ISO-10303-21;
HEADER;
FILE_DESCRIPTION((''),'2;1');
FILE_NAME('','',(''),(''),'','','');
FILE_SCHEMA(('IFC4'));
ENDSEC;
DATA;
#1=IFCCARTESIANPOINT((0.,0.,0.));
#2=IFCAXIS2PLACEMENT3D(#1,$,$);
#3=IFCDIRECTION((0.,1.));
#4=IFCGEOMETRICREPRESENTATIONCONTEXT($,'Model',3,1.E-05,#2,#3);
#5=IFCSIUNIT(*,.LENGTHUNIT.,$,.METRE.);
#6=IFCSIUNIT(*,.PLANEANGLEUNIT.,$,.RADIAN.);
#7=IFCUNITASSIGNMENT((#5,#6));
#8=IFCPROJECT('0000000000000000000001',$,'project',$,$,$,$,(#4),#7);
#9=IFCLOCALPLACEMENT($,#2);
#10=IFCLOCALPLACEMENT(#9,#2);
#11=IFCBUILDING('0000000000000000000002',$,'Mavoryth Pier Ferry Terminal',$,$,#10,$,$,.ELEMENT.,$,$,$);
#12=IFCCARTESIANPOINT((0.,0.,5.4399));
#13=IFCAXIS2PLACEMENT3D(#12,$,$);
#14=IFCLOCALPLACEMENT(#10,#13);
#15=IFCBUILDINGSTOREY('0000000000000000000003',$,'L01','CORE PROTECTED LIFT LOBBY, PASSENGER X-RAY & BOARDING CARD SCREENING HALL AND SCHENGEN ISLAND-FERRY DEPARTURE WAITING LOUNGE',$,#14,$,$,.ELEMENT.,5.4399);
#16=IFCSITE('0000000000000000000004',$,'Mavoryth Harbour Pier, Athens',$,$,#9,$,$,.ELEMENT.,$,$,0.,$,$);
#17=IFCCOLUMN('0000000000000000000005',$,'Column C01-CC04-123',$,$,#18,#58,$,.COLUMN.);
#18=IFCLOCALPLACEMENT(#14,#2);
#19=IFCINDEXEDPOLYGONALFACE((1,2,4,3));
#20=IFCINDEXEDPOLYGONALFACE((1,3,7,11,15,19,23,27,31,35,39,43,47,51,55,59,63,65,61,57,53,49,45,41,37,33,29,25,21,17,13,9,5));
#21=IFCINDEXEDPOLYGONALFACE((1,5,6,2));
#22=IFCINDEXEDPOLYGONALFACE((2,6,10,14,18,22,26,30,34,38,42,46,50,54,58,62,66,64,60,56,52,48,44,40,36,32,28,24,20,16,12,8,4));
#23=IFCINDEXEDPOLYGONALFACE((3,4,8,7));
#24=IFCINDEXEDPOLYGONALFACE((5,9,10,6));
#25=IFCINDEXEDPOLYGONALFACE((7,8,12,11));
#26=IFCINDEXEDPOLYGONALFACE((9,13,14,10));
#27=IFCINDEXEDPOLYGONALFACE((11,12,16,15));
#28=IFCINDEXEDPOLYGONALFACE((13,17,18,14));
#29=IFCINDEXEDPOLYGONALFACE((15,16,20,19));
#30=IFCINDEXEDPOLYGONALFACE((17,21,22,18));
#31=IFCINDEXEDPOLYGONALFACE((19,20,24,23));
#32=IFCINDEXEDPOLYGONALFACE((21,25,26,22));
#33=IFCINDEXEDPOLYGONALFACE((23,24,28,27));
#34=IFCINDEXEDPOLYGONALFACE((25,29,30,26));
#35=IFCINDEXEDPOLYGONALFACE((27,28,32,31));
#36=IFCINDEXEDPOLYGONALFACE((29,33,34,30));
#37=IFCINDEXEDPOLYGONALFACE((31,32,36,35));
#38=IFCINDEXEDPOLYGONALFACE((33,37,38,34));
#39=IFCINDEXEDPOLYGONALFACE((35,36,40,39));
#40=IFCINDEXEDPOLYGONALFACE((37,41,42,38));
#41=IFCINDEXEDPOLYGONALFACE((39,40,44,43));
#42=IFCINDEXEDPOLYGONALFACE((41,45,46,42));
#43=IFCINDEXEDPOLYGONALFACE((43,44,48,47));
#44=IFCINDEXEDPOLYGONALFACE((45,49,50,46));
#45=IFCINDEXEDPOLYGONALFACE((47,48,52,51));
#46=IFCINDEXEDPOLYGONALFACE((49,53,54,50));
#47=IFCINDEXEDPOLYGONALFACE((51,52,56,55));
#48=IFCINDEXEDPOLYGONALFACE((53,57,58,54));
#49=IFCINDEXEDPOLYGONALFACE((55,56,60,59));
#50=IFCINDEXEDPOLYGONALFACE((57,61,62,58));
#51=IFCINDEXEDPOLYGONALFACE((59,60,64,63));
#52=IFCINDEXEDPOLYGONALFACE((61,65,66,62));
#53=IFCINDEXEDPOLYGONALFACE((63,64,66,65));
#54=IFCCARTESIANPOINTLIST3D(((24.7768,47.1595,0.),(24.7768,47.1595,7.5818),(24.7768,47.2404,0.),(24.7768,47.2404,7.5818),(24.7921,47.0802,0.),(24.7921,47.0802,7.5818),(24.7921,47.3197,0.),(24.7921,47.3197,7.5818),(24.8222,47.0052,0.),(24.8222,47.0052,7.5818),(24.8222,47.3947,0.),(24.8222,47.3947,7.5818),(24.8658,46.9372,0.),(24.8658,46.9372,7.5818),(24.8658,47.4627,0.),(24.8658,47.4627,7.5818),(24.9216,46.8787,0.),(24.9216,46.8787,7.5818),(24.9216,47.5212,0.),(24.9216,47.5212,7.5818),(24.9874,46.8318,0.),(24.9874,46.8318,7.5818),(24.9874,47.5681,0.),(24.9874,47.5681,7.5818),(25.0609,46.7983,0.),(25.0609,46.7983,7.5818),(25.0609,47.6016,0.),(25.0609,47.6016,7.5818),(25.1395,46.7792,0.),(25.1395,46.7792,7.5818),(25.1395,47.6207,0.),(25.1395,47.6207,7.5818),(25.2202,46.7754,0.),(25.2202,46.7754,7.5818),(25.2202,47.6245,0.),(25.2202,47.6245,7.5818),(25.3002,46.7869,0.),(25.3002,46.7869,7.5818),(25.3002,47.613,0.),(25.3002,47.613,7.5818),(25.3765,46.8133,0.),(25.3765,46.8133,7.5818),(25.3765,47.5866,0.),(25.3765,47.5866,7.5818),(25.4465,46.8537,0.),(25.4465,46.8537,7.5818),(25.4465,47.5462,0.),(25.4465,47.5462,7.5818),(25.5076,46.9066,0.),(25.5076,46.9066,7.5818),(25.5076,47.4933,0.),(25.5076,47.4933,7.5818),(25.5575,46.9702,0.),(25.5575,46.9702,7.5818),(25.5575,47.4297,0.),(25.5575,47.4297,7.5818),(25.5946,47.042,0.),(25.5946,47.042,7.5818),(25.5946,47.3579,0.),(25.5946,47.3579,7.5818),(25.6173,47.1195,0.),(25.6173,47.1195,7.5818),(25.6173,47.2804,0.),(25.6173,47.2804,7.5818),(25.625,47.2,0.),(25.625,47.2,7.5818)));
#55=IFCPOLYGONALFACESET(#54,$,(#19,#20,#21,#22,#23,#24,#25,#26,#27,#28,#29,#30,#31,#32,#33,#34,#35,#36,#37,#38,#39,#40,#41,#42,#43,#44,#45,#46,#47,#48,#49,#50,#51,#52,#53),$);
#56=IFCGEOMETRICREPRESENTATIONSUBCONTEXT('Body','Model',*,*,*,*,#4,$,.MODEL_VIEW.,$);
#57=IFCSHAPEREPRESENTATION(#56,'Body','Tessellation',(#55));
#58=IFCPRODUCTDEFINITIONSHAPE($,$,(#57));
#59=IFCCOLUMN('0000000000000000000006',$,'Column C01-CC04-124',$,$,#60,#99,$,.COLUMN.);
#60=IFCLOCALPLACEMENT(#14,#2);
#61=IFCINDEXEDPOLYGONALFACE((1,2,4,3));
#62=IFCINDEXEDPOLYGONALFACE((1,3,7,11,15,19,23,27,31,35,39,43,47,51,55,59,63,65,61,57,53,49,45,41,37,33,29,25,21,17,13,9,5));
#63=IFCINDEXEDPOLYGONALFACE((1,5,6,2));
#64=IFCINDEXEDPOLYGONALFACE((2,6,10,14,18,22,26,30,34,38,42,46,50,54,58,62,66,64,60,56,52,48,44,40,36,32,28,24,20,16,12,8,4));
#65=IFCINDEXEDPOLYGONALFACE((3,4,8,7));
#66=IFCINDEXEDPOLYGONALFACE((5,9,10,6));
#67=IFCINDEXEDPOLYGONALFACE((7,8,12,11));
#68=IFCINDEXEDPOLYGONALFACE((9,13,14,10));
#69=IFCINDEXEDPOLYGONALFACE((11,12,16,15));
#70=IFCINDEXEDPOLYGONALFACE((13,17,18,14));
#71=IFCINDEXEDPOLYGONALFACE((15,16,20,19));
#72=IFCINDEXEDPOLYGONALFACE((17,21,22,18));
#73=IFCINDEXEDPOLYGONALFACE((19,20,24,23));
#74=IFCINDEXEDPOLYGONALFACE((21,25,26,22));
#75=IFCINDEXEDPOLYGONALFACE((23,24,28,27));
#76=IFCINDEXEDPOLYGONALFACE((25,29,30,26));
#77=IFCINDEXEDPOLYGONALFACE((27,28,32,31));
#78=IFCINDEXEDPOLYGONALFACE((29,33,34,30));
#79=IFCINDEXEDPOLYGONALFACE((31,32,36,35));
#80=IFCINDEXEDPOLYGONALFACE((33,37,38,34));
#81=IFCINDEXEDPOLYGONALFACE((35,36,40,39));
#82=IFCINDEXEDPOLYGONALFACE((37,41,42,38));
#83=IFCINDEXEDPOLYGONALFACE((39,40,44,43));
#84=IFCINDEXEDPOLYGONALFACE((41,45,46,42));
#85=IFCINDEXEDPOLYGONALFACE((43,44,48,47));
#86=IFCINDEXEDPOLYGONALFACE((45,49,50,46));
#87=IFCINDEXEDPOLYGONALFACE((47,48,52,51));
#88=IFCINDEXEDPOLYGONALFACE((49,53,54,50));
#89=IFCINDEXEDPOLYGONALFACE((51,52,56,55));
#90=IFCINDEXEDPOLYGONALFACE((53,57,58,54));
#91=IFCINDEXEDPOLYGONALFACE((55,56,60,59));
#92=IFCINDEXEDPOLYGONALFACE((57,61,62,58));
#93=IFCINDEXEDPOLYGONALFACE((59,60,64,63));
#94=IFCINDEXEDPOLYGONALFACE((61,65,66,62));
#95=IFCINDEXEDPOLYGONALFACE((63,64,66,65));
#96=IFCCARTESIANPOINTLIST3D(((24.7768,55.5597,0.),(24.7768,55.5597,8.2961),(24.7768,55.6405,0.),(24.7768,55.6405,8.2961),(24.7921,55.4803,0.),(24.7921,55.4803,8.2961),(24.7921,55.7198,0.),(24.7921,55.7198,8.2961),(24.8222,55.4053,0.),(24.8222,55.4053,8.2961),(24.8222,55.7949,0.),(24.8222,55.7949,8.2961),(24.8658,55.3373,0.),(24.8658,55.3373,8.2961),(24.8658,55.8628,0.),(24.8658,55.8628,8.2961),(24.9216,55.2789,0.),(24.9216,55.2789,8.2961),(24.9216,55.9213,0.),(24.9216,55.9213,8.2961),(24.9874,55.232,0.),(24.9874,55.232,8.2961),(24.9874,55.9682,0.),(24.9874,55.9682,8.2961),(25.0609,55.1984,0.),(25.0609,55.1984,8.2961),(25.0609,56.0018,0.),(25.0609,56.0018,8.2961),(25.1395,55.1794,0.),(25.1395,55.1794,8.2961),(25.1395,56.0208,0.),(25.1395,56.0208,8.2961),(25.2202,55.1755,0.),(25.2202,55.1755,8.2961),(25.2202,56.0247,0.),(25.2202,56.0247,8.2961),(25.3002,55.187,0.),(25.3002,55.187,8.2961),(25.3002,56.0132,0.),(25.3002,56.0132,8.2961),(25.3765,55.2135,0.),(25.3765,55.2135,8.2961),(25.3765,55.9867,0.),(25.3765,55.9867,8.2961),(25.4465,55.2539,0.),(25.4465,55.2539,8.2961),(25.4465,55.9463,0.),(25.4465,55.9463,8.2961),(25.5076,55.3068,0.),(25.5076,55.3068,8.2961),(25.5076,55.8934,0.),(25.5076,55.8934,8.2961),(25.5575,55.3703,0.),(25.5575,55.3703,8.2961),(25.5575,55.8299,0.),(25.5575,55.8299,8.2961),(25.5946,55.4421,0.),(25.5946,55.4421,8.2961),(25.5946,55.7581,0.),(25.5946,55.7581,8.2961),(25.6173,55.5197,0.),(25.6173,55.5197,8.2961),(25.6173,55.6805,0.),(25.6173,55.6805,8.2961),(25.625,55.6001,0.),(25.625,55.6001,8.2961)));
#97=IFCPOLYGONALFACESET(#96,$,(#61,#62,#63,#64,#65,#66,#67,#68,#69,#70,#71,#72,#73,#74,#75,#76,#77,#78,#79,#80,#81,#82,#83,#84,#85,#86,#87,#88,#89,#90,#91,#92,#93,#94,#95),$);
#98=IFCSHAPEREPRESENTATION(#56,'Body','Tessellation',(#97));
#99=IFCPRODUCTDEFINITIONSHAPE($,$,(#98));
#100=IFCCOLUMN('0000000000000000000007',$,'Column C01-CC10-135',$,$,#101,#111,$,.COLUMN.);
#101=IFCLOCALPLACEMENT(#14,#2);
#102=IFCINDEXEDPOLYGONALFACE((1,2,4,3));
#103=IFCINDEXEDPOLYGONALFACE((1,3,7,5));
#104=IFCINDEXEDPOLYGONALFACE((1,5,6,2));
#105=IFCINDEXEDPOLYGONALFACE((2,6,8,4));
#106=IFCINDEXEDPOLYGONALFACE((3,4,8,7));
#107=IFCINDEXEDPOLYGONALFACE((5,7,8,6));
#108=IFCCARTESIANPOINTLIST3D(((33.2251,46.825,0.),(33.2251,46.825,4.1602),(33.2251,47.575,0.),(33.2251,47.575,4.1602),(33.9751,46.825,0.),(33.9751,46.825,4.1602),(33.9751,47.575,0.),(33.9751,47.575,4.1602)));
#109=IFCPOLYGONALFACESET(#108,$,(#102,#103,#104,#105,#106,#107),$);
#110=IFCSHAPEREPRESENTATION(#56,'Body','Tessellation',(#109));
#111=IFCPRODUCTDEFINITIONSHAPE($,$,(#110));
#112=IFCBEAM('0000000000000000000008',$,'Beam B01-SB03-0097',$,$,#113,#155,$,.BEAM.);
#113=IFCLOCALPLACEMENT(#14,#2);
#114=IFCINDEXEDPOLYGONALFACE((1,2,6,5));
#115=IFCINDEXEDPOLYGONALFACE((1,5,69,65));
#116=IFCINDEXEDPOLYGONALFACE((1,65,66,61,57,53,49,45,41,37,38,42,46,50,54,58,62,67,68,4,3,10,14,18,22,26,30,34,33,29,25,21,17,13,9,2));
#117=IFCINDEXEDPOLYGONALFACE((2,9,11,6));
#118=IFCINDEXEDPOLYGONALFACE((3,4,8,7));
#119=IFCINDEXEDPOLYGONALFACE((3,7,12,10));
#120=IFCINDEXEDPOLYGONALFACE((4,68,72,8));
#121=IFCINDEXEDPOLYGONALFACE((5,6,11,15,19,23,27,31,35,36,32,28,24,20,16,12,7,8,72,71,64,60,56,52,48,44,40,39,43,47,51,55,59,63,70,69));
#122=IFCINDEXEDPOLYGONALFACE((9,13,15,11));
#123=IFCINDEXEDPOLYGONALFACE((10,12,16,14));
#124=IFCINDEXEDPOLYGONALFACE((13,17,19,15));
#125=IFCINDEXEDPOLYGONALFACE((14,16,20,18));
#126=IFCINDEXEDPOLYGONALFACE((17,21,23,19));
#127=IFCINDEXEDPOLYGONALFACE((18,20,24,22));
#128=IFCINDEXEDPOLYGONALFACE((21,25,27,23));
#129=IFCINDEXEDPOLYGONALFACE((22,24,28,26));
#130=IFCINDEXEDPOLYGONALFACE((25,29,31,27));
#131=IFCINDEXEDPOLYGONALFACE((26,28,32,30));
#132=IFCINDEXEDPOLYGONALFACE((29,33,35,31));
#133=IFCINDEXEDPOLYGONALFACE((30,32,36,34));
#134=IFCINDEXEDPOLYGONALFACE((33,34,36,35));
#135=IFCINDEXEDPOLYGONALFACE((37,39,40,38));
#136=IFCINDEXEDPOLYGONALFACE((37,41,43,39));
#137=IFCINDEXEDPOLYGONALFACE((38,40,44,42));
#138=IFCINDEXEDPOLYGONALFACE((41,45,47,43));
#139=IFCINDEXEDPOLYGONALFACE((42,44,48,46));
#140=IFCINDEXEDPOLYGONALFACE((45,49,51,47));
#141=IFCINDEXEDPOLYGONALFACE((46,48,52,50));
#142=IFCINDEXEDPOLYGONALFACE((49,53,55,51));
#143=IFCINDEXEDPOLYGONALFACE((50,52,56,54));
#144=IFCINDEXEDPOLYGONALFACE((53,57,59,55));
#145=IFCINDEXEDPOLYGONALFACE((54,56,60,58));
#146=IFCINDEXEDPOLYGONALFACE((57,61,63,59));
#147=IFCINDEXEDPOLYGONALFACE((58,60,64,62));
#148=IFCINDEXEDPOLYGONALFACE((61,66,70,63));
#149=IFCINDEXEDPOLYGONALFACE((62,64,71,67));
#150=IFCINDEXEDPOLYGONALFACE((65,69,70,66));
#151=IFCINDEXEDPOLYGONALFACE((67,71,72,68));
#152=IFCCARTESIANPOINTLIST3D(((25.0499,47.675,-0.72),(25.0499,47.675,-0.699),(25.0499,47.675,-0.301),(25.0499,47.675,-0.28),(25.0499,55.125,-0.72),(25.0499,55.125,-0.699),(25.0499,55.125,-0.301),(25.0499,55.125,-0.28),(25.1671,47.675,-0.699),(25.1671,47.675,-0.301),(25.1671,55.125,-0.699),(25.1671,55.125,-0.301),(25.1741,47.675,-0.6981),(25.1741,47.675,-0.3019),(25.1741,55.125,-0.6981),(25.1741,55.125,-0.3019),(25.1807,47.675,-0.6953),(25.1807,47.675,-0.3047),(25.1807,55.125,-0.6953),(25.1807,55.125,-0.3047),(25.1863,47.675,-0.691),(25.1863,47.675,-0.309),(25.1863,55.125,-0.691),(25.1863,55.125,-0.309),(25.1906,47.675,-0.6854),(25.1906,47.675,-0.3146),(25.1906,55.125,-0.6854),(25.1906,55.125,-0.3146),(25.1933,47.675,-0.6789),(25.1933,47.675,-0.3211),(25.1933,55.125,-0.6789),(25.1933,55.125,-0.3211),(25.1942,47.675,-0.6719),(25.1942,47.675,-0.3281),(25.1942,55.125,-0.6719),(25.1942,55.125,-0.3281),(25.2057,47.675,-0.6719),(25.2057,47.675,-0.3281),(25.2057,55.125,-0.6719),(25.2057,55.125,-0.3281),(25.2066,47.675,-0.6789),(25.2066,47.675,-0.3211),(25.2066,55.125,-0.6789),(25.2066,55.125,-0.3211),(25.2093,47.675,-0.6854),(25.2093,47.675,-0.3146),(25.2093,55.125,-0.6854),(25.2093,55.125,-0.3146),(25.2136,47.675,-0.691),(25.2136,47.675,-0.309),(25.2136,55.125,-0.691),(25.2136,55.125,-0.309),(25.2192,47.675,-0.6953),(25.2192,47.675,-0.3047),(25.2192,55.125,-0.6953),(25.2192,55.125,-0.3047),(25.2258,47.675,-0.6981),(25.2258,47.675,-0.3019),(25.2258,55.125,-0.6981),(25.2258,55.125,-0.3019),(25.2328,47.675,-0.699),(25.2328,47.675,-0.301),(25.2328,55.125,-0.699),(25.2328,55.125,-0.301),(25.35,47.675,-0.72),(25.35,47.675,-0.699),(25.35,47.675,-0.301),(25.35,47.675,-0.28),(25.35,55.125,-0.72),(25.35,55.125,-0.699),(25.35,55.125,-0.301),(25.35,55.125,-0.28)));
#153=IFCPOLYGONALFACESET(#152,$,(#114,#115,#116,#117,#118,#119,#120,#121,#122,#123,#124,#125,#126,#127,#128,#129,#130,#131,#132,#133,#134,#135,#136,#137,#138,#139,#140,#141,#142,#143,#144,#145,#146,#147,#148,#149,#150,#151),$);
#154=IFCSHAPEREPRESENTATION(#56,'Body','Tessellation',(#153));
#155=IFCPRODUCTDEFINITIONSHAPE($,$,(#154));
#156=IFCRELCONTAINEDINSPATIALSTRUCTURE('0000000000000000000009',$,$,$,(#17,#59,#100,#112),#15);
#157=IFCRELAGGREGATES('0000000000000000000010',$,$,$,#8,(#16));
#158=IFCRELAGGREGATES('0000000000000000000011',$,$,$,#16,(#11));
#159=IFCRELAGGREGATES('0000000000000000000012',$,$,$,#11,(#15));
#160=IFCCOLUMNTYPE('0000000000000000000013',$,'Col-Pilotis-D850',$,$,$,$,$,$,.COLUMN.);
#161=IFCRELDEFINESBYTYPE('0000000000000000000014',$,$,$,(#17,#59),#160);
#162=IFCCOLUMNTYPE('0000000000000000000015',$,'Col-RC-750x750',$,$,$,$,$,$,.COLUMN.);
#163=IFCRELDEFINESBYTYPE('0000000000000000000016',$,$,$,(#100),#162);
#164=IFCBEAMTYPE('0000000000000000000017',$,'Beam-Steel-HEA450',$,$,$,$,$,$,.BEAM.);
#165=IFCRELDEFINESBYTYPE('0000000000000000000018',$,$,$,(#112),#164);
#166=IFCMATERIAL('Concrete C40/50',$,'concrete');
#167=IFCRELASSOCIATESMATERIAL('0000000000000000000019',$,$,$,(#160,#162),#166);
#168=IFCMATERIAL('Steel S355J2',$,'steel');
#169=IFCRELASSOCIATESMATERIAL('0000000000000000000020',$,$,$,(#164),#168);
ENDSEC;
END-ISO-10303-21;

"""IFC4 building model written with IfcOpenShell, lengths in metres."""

from ifc_helpers import new_model, si_unit, direction, frame, origin, origin_2d, place, context, subcontext, project, spatial, rectangle, circle, i_section, extrude, material, material_profile, profile_set, type_object, element, save


model = new_model("IFC4")

# Units and contexts
model_context = context("Model", 3, precision=1e-05, world=origin(), true_north=direction((0.0, 1.0)))
body_context = subcontext(model_context, "Body", "Model", "MODEL_VIEW")
ifc_project = project(units=[si_unit("LENGTHUNIT", "METRE"), si_unit("PLANEANGLEUNIT", "RADIAN")], contexts=[model_context])

# Site, building, storey
site_placement = place(None, origin())
site = spatial("IfcSite", under=ifc_project, at=site_placement, Name="Mavoryth Harbour Pier, Athens", CompositionType="ELEMENT", RefElevation=0.0)
building_placement = place(site_placement, origin())
building = spatial("IfcBuilding", under=site, at=building_placement, Name="Mavoryth Pier Ferry Terminal", CompositionType="ELEMENT")
storey_placement = place(building_placement, frame((0.0, 0.0, 5.4399)))
storey = spatial("IfcBuildingStorey", under=building, at=storey_placement, Name="L01", Description="CORE PROTECTED LIFT LOBBY, PASSENGER X-RAY & BOARDING CARD SCREENING HALL AND SCHENGEN ISLAND-FERRY DEPARTURE WAITING LOUNGE", CompositionType="ELEMENT", Elevation=5.4399)

# Columns
ifc_material_1 = material(Name="Concrete C40/50", Category="concrete")
ifc_material_profile_1 = material_profile(ifc_material_1, circle(Radius=0.425, at=origin_2d()), Name="RC D850", Category="concrete")
ifc_profile_set_1 = profile_set([ifc_material_profile_1], Name="Concrete C40/50 - RC D850")
column_type_1 = type_object("IfcColumnType", Name="Col-Pilotis-D850", PredefinedType="COLUMN", material=ifc_profile_set_1)
column_1_placement = place(storey_placement, frame((25.2, 47.2, 0.0), z_axis=(0.0, 0.0, 1.0), x_axis=(1.0, 0.0, 0.0)))
element("IfcColumn", 1, at=column_1_placement, inside=storey, type_object=column_type_1, Name="Column C01-CC04-123", PredefinedType="COLUMN", context=body_context, shape_type="SweptSolid", body=[
    extrude(circle(Radius=0.425, at=origin_2d()), origin(), (0.0, 0.0, 1.0), 7.5818),
])
column_2_placement = place(storey_placement, frame((25.2, 55.6001, 0.0), z_axis=(0.0, 0.0, 1.0), x_axis=(1.0, 0.0, 0.0)))
element("IfcColumn", 2, at=column_2_placement, inside=storey, type_object=column_type_1, Name="Column C01-CC04-124", PredefinedType="COLUMN", context=body_context, shape_type="SweptSolid", body=[
    extrude(circle(Radius=0.425, at=origin_2d()), origin(), (0.0, 0.0, 1.0), 8.2961),
])
ifc_material_profile_2 = material_profile(ifc_material_1, rectangle(XDim=0.75, YDim=0.75, at=origin_2d()), Name="RC 750x750", Category="concrete")
ifc_profile_set_2 = profile_set([ifc_material_profile_2], Name="Concrete C40/50 - RC 750x750")
column_type_2 = type_object("IfcColumnType", Name="Col-RC-750x750", PredefinedType="COLUMN", material=ifc_profile_set_2)
column_3_placement = place(storey_placement, frame((33.6001, 47.2, 0.0), z_axis=(0.0, 0.0, 1.0), x_axis=(1.0, 0.0, 0.0)))
element("IfcColumn", 3, at=column_3_placement, inside=storey, type_object=column_type_2, Name="Column C01-CC10-135", PredefinedType="COLUMN", context=body_context, shape_type="SweptSolid", body=[
    extrude(rectangle(XDim=0.75, YDim=0.75, at=origin_2d()), origin(), (0.0, 0.0, 1.0), 4.1602),
])

# Beam
ifc_material_2 = material(Name="Steel S355J2", Category="steel")
ifc_material_profile_3 = material_profile(ifc_material_2, i_section(OverallWidth=0.3, OverallDepth=0.4399, WebThickness=0.0115, FlangeThickness=0.021, FilletRadius=0.0271, at=origin_2d()), Name="HEA 450", Category="steel")
ifc_profile_set_3 = profile_set([ifc_material_profile_3], Name="Steel S355J2 - HEA 450")
beam_type_1 = type_object("IfcBeamType", Name="Beam-Steel-HEA450", PredefinedType="BEAM", material=ifc_profile_set_3)
beam_1_placement = place(storey_placement, frame((25.2, 47.675, -0.5), z_axis=(0.0, 1.0, 0.0), x_axis=(-1.0, 0.0, 0.0)))
element("IfcBeam", 4, at=beam_1_placement, inside=storey, type_object=beam_type_1, Name="Beam B01-SB03-0097", PredefinedType="BEAM", context=body_context, shape_type="SweptSolid", body=[
    extrude(i_section(OverallWidth=0.3, OverallDepth=0.4399, WebThickness=0.0115, FlangeThickness=0.021, FilletRadius=0.0271, at=origin_2d()), origin(), (0.0, 0.0, 1.0), 7.45),
])

save(model, "model.ifc")
